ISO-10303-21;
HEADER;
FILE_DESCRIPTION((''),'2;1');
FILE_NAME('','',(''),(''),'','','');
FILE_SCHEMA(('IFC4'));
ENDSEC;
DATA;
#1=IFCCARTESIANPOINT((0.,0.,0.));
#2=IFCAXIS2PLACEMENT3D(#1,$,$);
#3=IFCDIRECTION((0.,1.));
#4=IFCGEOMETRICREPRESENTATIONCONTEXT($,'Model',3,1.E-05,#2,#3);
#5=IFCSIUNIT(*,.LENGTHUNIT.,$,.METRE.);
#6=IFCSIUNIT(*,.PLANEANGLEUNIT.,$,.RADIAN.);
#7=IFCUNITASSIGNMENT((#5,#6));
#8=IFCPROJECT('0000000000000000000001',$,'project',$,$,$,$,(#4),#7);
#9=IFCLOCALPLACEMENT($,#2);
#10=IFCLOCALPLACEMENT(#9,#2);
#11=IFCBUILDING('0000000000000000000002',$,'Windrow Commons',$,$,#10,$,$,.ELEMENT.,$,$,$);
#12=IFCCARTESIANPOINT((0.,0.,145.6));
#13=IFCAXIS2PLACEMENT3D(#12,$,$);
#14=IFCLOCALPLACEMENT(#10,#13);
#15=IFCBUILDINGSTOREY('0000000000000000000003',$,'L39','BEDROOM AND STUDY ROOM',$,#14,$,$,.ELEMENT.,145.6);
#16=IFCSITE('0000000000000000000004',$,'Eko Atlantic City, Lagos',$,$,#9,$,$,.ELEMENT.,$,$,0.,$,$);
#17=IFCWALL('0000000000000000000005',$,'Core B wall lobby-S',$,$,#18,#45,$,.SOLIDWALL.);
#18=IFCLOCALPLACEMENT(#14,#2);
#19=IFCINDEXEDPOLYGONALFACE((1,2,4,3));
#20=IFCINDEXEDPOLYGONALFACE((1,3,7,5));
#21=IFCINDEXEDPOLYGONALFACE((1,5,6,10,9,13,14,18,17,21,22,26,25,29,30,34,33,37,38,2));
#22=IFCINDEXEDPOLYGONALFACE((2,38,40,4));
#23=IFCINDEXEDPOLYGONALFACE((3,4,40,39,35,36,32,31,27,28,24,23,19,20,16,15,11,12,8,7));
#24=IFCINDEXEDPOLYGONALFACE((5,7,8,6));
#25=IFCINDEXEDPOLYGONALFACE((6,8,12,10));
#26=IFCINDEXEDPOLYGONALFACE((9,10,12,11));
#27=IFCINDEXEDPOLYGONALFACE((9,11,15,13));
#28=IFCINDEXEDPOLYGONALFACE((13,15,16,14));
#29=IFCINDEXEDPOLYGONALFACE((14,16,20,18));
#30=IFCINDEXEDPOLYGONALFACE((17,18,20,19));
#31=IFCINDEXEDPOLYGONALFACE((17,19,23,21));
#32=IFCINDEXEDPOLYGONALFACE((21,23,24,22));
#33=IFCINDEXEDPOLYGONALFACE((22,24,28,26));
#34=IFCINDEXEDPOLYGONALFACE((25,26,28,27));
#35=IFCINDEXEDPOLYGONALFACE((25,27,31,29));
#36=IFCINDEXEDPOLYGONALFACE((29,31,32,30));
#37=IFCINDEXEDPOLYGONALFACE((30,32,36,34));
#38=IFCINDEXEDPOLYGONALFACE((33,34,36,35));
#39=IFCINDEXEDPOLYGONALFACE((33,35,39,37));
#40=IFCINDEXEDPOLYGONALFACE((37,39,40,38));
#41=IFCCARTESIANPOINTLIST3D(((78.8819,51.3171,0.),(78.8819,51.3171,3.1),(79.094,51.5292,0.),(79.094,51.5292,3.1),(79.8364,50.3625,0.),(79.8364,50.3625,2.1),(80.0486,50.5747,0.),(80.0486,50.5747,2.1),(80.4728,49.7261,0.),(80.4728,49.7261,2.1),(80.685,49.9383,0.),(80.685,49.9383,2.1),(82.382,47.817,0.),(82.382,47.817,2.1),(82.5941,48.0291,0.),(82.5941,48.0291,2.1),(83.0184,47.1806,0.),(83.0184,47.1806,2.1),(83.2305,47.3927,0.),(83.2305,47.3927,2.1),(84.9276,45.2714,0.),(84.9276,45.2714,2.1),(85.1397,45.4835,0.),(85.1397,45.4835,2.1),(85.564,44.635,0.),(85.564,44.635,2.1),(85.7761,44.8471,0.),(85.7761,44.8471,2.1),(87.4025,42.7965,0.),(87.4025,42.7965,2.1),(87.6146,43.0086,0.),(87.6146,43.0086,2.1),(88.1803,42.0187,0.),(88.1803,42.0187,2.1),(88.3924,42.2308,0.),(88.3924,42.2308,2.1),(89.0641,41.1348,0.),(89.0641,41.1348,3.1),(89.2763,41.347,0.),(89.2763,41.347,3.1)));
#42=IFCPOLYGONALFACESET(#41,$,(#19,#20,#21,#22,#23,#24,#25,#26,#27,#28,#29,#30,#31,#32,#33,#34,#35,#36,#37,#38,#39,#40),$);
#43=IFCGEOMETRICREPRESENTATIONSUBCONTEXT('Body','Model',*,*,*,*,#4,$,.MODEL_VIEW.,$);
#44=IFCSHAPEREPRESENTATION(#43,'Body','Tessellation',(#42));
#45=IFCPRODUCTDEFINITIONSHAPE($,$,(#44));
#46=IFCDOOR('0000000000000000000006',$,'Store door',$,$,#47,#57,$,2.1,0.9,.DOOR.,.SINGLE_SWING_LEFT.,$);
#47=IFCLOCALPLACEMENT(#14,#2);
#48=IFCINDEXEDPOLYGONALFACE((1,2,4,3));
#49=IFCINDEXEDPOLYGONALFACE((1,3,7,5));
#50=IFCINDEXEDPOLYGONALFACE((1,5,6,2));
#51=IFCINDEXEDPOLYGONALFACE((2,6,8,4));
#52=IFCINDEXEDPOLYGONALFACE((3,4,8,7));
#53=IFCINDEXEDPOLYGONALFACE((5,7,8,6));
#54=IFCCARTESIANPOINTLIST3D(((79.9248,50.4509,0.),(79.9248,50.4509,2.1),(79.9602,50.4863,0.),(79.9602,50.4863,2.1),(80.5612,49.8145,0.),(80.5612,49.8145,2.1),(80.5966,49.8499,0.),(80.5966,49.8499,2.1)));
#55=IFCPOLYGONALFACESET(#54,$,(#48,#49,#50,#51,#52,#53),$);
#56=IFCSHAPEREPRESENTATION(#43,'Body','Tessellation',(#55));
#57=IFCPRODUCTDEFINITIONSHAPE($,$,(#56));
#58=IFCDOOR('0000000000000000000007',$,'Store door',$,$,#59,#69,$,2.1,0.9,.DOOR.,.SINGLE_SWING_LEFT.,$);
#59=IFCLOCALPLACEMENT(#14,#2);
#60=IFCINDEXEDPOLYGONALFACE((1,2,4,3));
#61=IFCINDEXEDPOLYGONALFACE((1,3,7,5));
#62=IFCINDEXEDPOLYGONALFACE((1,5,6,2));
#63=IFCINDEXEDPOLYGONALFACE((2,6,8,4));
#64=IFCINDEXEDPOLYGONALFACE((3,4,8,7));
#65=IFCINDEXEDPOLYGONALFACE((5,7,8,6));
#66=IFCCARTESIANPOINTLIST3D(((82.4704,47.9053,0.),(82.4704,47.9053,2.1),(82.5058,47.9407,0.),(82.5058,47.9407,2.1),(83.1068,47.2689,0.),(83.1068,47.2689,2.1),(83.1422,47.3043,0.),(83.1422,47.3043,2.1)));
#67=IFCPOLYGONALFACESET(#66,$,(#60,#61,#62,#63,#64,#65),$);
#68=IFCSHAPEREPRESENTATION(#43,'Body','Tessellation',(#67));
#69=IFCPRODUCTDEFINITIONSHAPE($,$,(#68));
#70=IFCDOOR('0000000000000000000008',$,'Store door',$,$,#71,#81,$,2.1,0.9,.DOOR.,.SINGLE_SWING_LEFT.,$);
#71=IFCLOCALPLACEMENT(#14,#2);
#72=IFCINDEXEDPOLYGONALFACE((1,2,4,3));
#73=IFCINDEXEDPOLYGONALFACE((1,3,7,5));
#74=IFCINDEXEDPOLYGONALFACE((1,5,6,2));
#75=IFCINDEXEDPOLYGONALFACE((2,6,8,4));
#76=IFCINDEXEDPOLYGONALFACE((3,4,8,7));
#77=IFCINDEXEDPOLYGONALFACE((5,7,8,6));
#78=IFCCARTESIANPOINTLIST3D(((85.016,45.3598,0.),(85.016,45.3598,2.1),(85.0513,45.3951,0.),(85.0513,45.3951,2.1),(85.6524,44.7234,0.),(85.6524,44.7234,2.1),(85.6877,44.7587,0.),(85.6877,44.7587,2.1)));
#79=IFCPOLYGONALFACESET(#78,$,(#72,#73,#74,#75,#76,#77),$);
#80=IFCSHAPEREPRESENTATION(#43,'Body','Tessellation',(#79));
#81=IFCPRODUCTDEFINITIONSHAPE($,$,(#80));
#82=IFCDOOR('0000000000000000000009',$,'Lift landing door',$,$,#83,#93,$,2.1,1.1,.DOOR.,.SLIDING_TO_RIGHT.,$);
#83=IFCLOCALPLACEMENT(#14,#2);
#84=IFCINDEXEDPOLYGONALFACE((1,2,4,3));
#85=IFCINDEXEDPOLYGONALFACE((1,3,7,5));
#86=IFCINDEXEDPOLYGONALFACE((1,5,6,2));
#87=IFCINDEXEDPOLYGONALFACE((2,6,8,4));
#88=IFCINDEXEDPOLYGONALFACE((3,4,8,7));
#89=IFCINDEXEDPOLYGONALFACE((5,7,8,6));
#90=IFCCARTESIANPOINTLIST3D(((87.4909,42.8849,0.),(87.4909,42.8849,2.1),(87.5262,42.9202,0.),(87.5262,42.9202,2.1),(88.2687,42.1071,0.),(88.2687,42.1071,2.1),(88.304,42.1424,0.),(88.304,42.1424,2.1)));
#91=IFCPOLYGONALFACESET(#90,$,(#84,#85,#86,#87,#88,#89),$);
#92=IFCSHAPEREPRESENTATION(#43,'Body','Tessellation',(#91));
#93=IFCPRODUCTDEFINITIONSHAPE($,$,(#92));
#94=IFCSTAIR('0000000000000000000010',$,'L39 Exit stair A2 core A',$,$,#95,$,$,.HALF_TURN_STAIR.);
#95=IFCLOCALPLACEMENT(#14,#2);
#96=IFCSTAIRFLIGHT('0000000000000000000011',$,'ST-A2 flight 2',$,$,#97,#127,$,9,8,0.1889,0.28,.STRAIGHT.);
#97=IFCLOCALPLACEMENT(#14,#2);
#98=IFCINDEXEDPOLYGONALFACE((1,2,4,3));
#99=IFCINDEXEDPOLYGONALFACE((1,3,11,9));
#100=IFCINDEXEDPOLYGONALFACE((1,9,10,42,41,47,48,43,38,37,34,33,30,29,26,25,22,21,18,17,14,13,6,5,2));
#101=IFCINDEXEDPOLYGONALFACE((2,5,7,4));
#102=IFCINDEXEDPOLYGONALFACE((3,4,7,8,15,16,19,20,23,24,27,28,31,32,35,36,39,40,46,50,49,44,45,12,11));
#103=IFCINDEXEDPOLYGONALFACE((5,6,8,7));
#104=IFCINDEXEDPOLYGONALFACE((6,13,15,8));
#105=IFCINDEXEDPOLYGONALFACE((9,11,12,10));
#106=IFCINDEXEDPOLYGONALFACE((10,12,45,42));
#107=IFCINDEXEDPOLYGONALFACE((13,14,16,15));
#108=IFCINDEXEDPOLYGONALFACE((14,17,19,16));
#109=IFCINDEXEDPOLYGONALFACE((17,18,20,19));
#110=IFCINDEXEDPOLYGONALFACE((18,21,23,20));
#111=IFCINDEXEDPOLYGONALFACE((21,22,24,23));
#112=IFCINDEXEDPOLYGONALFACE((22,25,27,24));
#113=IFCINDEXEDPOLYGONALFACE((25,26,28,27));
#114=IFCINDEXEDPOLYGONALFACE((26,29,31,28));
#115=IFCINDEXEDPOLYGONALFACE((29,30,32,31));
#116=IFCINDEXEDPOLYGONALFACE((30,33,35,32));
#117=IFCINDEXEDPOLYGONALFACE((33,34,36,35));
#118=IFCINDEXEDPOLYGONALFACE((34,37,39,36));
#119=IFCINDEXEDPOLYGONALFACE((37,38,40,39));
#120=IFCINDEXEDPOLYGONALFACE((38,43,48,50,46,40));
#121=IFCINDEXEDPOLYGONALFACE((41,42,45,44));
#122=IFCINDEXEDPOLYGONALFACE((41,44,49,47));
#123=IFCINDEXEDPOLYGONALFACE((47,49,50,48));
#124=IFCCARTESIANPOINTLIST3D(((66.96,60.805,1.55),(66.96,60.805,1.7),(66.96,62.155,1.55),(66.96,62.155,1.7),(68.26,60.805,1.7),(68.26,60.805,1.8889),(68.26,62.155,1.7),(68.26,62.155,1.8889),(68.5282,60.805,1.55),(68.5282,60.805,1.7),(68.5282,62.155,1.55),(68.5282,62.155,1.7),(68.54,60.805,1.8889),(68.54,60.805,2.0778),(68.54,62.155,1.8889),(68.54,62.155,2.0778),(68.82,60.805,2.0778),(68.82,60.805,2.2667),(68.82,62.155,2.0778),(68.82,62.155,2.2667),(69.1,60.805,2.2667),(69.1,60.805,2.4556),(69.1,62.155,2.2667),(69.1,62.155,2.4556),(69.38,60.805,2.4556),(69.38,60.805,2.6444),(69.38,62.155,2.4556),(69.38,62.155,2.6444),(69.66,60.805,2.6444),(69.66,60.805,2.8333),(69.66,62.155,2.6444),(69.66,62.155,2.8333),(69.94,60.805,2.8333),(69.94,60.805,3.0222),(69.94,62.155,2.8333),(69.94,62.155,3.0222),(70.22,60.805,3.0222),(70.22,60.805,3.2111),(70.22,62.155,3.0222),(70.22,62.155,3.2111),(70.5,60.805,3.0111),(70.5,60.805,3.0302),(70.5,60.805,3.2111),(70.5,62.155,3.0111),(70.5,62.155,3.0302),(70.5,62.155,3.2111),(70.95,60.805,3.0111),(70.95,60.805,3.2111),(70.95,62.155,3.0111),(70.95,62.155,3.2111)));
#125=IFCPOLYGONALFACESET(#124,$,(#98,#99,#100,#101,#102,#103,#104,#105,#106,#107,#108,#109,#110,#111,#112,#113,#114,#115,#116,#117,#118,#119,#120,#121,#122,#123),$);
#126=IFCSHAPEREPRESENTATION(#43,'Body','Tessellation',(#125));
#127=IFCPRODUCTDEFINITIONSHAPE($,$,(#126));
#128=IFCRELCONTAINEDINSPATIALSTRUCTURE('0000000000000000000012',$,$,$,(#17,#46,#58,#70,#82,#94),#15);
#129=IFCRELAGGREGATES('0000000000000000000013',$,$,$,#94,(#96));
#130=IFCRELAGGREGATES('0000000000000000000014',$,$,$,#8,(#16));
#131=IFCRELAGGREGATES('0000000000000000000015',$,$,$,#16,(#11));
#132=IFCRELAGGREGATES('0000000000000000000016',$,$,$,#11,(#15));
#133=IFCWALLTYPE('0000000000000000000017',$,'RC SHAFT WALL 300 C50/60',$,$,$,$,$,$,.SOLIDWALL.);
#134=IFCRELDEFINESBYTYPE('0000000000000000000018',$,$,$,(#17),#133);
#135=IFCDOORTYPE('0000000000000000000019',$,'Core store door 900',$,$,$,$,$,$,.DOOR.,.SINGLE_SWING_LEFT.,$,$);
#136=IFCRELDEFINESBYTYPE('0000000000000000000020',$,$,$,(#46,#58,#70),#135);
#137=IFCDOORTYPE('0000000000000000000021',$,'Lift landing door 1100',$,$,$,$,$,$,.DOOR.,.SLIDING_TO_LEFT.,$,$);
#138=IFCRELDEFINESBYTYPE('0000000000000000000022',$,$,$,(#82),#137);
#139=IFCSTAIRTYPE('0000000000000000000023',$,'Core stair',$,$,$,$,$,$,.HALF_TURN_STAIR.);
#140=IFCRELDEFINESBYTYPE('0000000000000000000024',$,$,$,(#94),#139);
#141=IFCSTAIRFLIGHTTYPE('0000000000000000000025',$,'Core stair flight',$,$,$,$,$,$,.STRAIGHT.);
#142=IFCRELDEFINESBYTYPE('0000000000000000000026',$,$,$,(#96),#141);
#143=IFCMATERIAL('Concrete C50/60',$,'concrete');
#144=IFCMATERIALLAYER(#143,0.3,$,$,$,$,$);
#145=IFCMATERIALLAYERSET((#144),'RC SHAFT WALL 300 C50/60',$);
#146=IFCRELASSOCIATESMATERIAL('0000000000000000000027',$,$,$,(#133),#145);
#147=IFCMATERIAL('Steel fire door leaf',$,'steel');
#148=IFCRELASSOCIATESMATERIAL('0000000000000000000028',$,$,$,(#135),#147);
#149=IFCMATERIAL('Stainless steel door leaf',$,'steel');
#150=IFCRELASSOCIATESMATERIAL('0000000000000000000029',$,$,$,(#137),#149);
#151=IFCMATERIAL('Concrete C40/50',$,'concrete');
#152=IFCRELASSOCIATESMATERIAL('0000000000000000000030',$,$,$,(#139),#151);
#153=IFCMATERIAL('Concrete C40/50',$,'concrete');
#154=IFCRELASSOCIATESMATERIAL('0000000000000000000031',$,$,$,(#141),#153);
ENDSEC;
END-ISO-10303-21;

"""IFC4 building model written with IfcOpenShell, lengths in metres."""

from ifc_helpers import new_model, si_unit, direction, frame, frame_2d, origin, place, context, subcontext, project, spatial, polyline, rectangle, outline, extrude, material, layer, layer_set, type_object, element, fill, aggregate, save


model = new_model("IFC4")

# Units and contexts
model_context = context("Model", 3, precision=1e-05, world=origin(), true_north=direction((0.0, 1.0)))
body_context = subcontext(model_context, "Body", "Model", "MODEL_VIEW")
ifc_project = project(units=[si_unit("LENGTHUNIT", "METRE"), si_unit("PLANEANGLEUNIT", "RADIAN")], contexts=[model_context])

# Site, building, storey
site_placement = place(None, origin())
site = spatial("IfcSite", under=ifc_project, at=site_placement, Name="Eko Atlantic City, Lagos", CompositionType="ELEMENT", RefElevation=0.0)
building_placement = place(site_placement, origin())
building = spatial("IfcBuilding", under=site, at=building_placement, Name="Windrow Commons", CompositionType="ELEMENT")
storey_placement = place(building_placement, frame((0.0, 0.0, 145.6)))
storey = spatial("IfcBuildingStorey", under=building, at=storey_placement, Name="L39", Description="BEDROOM AND STUDY ROOM", CompositionType="ELEMENT", Elevation=145.6)

# Shared definitions
ifc_material_1 = material(Name="Concrete C50/60", Category="concrete")
ifc_layer_1 = layer(ifc_material_1, 0.3)
ifc_layer_set_1 = layer_set([ifc_layer_1], Name="RC SHAFT WALL 300 C50/60")
wall_type_1 = type_object("IfcWallType", Name="RC SHAFT WALL 300 C50/60", PredefinedType="SOLIDWALL", material=ifc_layer_set_1)

# Wall, openings, doors
wall_1_placement = place(storey_placement, frame((78.9879, 51.4232, 0.0), z_axis=(0.0, 0.0, 1.0), x_axis=(0.707107, -0.707107, 0.0)))
wall_1 = element("IfcWall", 1, at=wall_1_placement, inside=storey, type_object=wall_type_1, Name="Core B wall lobby-S", PredefinedType="SOLIDWALL", context=body_context, shape_type="SweptSolid", body=[
    extrude(rectangle(XDim=14.3999, YDim=0.3, at=frame_2d((7.2, 0.0))), origin(), (0.0, 0.0, 1.0), 3.1),
])
opening_1_placement = place(wall_1_placement, frame((1.35, 0.0, 0.0)))
opening_1 = element("IfcOpeningElement", 2, at=opening_1_placement, cuts=wall_1, PredefinedType="OPENING", context=body_context, shape_type="SweptSolid", body=[
    extrude(rectangle(XDim=0.9, YDim=2.1, at=frame_2d((0.45, 1.05))), frame((0.0, 0.16, 0.0), z_axis=(0.0, -1.0, 0.0), x_axis=(1.0, 0.0, 0.0)), (0.0, 0.0, 1.0), 0.32),
])
opening_2_placement = place(wall_1_placement, frame((4.95, 0.0, 0.0)))
opening_2 = element("IfcOpeningElement", 3, at=opening_2_placement, cuts=wall_1, PredefinedType="OPENING", context=body_context, shape_type="SweptSolid", body=[
    extrude(rectangle(XDim=0.9, YDim=2.1, at=frame_2d((0.45, 1.05))), frame((0.0, 0.16, 0.0), z_axis=(0.0, -1.0, 0.0), x_axis=(1.0, 0.0, 0.0)), (0.0, 0.0, 1.0), 0.32),
])
opening_3_placement = place(wall_1_placement, frame((8.55, 0.0, 0.0)))
opening_3 = element("IfcOpeningElement", 4, at=opening_3_placement, cuts=wall_1, PredefinedType="OPENING", context=body_context, shape_type="SweptSolid", body=[
    extrude(rectangle(XDim=0.9, YDim=2.1, at=frame_2d((0.45, 1.05))), frame((0.0, 0.16, 0.0), z_axis=(0.0, -1.0, 0.0), x_axis=(1.0, 0.0, 0.0)), (0.0, 0.0, 1.0), 0.32),
])
opening_4_placement = place(wall_1_placement, frame((12.05, 0.0, 0.0)))
opening_4 = element("IfcOpeningElement", 5, at=opening_4_placement, cuts=wall_1, PredefinedType="OPENING", context=body_context, shape_type="SweptSolid", body=[
    extrude(rectangle(XDim=1.1, YDim=2.1, at=frame_2d((0.55, 1.05))), frame((0.0, 0.16, 0.0), z_axis=(0.0, -1.0, 0.0), x_axis=(1.0, 0.0, 0.0)), (0.0, 0.0, 1.0), 0.32),
])
ifc_material_2 = material(Name="Steel fire door leaf", Category="steel")
door_type_1 = type_object("IfcDoorType", Name="Core store door 900", OperationType="SINGLE_SWING_LEFT", PredefinedType="DOOR", material=ifc_material_2)
door_1_placement = place(opening_1_placement, origin())
door_1 = element("IfcDoor", 6, at=door_1_placement, inside=storey, type_object=door_type_1, Name="Store door", OperationType="SINGLE_SWING_LEFT", OverallHeight=2.1, OverallWidth=0.9, PredefinedType="DOOR", context=body_context, shape_type="SweptSolid", body=[
    extrude(rectangle(XDim=0.9, YDim=2.1, at=frame_2d((0.45, 1.05))), frame((0.0, 0.025, 0.0), z_axis=(0.0, -1.0, 0.0), x_axis=(1.0, 0.0, 0.0)), (0.0, 0.0, 1.0), 0.05),
])
fill(opening_1, door_1)
door_2_placement = place(opening_2_placement, origin())
door_2 = element("IfcDoor", 7, at=door_2_placement, inside=storey, type_object=door_type_1, Name="Store door", OperationType="SINGLE_SWING_LEFT", OverallHeight=2.1, OverallWidth=0.9, PredefinedType="DOOR", context=body_context, shape_type="SweptSolid", body=[
    extrude(rectangle(XDim=0.9, YDim=2.1, at=frame_2d((0.45, 1.05))), frame((0.0, 0.025, 0.0), z_axis=(0.0, -1.0, 0.0), x_axis=(1.0, 0.0, 0.0)), (0.0, 0.0, 1.0), 0.05),
])
fill(opening_2, door_2)
door_3_placement = place(opening_3_placement, origin())
door_3 = element("IfcDoor", 8, at=door_3_placement, inside=storey, type_object=door_type_1, Name="Store door", OperationType="SINGLE_SWING_LEFT", OverallHeight=2.1, OverallWidth=0.9, PredefinedType="DOOR", context=body_context, shape_type="SweptSolid", body=[
    extrude(rectangle(XDim=0.9, YDim=2.1, at=frame_2d((0.45, 1.05))), frame((0.0, 0.025, 0.0), z_axis=(0.0, -1.0, 0.0), x_axis=(1.0, 0.0, 0.0)), (0.0, 0.0, 1.0), 0.05),
])
fill(opening_3, door_3)
ifc_material_3 = material(Name="Stainless steel door leaf", Category="steel")
door_type_2 = type_object("IfcDoorType", Name="Lift landing door 1100", OperationType="SLIDING_TO_LEFT", PredefinedType="DOOR", material=ifc_material_3)
door_4_placement = place(opening_4_placement, origin())
door_4 = element("IfcDoor", 9, at=door_4_placement, inside=storey, type_object=door_type_2, Name="Lift landing door", OperationType="SLIDING_TO_RIGHT", OverallHeight=2.1, OverallWidth=1.1, PredefinedType="DOOR", context=body_context, shape_type="SweptSolid", body=[
    extrude(rectangle(XDim=1.1, YDim=2.1, at=frame_2d((0.55, 1.05))), frame((0.0, 0.025, 0.0), z_axis=(0.0, -1.0, 0.0), x_axis=(1.0, 0.0, 0.0)), (0.0, 0.0, 1.0), 0.05),
])
fill(opening_4, door_4)

# Stair, stair flight
ifc_material_4 = material(Name="Concrete C40/50", Category="concrete")
stair_type = type_object("IfcStairType", Name="Core stair", PredefinedType="HALF_TURN_STAIR", material=ifc_material_4)
stair_placement = place(storey_placement, origin())
stair = element("IfcStair", 10, at=stair_placement, inside=storey, type_object=stair_type, Name="L39 Exit stair A2 core A", PredefinedType="HALF_TURN_STAIR")
ifc_material_5 = material(Name="Concrete C40/50", Category="concrete")
stair_flight_type = type_object("IfcStairFlightType", Name="Core stair flight", PredefinedType="STRAIGHT", material=ifc_material_5)
stair_flight_placement = place(storey_placement, frame((68.26, 61.48, 1.7), z_axis=(0.0, 0.0, 1.0), x_axis=(1.0, 0.0, 0.0)))
stair_flight = element("IfcStairFlight", 11, at=stair_flight_placement, type_object=stair_flight_type, Name="ST-A2 flight 2", NumberOfRisers=9, NumberOfTreads=8, PredefinedType="STRAIGHT", RiserHeight=0.1889, TreadLength=0.28, context=body_context, shape_type="SweptSolid", body=[
    extrude(outline(polyline([(-1.3, -0.15), (-1.3, 0.0), (0.0, 0.0), (0.0, 0.1889), (0.28, 0.1889), (0.28, 0.3778), (0.56, 0.3778), (0.56, 0.5667), (0.84, 0.5667), (0.84, 0.7556), (1.12, 0.7556), (1.12, 0.9444), (1.4, 0.9444), (1.4, 1.1333), (1.68, 1.1333), (1.68, 1.3222), (1.96, 1.3222), (1.96, 1.5111), (2.24, 1.5111), (2.69, 1.5111), (2.69, 1.3111), (2.24, 1.3111), (2.24, 1.3302), (0.2682, 0.0), (0.2682, -0.15), (-1.3, -0.15)])), frame((0.0, 0.675, 0.0), z_axis=(0.0, -1.0, 0.0), x_axis=(1.0, 0.0, 0.0)), (0.0, 0.0, 1.0), 1.35),
])
aggregate(stair, [stair_flight])

save(model, "model.ifc")
